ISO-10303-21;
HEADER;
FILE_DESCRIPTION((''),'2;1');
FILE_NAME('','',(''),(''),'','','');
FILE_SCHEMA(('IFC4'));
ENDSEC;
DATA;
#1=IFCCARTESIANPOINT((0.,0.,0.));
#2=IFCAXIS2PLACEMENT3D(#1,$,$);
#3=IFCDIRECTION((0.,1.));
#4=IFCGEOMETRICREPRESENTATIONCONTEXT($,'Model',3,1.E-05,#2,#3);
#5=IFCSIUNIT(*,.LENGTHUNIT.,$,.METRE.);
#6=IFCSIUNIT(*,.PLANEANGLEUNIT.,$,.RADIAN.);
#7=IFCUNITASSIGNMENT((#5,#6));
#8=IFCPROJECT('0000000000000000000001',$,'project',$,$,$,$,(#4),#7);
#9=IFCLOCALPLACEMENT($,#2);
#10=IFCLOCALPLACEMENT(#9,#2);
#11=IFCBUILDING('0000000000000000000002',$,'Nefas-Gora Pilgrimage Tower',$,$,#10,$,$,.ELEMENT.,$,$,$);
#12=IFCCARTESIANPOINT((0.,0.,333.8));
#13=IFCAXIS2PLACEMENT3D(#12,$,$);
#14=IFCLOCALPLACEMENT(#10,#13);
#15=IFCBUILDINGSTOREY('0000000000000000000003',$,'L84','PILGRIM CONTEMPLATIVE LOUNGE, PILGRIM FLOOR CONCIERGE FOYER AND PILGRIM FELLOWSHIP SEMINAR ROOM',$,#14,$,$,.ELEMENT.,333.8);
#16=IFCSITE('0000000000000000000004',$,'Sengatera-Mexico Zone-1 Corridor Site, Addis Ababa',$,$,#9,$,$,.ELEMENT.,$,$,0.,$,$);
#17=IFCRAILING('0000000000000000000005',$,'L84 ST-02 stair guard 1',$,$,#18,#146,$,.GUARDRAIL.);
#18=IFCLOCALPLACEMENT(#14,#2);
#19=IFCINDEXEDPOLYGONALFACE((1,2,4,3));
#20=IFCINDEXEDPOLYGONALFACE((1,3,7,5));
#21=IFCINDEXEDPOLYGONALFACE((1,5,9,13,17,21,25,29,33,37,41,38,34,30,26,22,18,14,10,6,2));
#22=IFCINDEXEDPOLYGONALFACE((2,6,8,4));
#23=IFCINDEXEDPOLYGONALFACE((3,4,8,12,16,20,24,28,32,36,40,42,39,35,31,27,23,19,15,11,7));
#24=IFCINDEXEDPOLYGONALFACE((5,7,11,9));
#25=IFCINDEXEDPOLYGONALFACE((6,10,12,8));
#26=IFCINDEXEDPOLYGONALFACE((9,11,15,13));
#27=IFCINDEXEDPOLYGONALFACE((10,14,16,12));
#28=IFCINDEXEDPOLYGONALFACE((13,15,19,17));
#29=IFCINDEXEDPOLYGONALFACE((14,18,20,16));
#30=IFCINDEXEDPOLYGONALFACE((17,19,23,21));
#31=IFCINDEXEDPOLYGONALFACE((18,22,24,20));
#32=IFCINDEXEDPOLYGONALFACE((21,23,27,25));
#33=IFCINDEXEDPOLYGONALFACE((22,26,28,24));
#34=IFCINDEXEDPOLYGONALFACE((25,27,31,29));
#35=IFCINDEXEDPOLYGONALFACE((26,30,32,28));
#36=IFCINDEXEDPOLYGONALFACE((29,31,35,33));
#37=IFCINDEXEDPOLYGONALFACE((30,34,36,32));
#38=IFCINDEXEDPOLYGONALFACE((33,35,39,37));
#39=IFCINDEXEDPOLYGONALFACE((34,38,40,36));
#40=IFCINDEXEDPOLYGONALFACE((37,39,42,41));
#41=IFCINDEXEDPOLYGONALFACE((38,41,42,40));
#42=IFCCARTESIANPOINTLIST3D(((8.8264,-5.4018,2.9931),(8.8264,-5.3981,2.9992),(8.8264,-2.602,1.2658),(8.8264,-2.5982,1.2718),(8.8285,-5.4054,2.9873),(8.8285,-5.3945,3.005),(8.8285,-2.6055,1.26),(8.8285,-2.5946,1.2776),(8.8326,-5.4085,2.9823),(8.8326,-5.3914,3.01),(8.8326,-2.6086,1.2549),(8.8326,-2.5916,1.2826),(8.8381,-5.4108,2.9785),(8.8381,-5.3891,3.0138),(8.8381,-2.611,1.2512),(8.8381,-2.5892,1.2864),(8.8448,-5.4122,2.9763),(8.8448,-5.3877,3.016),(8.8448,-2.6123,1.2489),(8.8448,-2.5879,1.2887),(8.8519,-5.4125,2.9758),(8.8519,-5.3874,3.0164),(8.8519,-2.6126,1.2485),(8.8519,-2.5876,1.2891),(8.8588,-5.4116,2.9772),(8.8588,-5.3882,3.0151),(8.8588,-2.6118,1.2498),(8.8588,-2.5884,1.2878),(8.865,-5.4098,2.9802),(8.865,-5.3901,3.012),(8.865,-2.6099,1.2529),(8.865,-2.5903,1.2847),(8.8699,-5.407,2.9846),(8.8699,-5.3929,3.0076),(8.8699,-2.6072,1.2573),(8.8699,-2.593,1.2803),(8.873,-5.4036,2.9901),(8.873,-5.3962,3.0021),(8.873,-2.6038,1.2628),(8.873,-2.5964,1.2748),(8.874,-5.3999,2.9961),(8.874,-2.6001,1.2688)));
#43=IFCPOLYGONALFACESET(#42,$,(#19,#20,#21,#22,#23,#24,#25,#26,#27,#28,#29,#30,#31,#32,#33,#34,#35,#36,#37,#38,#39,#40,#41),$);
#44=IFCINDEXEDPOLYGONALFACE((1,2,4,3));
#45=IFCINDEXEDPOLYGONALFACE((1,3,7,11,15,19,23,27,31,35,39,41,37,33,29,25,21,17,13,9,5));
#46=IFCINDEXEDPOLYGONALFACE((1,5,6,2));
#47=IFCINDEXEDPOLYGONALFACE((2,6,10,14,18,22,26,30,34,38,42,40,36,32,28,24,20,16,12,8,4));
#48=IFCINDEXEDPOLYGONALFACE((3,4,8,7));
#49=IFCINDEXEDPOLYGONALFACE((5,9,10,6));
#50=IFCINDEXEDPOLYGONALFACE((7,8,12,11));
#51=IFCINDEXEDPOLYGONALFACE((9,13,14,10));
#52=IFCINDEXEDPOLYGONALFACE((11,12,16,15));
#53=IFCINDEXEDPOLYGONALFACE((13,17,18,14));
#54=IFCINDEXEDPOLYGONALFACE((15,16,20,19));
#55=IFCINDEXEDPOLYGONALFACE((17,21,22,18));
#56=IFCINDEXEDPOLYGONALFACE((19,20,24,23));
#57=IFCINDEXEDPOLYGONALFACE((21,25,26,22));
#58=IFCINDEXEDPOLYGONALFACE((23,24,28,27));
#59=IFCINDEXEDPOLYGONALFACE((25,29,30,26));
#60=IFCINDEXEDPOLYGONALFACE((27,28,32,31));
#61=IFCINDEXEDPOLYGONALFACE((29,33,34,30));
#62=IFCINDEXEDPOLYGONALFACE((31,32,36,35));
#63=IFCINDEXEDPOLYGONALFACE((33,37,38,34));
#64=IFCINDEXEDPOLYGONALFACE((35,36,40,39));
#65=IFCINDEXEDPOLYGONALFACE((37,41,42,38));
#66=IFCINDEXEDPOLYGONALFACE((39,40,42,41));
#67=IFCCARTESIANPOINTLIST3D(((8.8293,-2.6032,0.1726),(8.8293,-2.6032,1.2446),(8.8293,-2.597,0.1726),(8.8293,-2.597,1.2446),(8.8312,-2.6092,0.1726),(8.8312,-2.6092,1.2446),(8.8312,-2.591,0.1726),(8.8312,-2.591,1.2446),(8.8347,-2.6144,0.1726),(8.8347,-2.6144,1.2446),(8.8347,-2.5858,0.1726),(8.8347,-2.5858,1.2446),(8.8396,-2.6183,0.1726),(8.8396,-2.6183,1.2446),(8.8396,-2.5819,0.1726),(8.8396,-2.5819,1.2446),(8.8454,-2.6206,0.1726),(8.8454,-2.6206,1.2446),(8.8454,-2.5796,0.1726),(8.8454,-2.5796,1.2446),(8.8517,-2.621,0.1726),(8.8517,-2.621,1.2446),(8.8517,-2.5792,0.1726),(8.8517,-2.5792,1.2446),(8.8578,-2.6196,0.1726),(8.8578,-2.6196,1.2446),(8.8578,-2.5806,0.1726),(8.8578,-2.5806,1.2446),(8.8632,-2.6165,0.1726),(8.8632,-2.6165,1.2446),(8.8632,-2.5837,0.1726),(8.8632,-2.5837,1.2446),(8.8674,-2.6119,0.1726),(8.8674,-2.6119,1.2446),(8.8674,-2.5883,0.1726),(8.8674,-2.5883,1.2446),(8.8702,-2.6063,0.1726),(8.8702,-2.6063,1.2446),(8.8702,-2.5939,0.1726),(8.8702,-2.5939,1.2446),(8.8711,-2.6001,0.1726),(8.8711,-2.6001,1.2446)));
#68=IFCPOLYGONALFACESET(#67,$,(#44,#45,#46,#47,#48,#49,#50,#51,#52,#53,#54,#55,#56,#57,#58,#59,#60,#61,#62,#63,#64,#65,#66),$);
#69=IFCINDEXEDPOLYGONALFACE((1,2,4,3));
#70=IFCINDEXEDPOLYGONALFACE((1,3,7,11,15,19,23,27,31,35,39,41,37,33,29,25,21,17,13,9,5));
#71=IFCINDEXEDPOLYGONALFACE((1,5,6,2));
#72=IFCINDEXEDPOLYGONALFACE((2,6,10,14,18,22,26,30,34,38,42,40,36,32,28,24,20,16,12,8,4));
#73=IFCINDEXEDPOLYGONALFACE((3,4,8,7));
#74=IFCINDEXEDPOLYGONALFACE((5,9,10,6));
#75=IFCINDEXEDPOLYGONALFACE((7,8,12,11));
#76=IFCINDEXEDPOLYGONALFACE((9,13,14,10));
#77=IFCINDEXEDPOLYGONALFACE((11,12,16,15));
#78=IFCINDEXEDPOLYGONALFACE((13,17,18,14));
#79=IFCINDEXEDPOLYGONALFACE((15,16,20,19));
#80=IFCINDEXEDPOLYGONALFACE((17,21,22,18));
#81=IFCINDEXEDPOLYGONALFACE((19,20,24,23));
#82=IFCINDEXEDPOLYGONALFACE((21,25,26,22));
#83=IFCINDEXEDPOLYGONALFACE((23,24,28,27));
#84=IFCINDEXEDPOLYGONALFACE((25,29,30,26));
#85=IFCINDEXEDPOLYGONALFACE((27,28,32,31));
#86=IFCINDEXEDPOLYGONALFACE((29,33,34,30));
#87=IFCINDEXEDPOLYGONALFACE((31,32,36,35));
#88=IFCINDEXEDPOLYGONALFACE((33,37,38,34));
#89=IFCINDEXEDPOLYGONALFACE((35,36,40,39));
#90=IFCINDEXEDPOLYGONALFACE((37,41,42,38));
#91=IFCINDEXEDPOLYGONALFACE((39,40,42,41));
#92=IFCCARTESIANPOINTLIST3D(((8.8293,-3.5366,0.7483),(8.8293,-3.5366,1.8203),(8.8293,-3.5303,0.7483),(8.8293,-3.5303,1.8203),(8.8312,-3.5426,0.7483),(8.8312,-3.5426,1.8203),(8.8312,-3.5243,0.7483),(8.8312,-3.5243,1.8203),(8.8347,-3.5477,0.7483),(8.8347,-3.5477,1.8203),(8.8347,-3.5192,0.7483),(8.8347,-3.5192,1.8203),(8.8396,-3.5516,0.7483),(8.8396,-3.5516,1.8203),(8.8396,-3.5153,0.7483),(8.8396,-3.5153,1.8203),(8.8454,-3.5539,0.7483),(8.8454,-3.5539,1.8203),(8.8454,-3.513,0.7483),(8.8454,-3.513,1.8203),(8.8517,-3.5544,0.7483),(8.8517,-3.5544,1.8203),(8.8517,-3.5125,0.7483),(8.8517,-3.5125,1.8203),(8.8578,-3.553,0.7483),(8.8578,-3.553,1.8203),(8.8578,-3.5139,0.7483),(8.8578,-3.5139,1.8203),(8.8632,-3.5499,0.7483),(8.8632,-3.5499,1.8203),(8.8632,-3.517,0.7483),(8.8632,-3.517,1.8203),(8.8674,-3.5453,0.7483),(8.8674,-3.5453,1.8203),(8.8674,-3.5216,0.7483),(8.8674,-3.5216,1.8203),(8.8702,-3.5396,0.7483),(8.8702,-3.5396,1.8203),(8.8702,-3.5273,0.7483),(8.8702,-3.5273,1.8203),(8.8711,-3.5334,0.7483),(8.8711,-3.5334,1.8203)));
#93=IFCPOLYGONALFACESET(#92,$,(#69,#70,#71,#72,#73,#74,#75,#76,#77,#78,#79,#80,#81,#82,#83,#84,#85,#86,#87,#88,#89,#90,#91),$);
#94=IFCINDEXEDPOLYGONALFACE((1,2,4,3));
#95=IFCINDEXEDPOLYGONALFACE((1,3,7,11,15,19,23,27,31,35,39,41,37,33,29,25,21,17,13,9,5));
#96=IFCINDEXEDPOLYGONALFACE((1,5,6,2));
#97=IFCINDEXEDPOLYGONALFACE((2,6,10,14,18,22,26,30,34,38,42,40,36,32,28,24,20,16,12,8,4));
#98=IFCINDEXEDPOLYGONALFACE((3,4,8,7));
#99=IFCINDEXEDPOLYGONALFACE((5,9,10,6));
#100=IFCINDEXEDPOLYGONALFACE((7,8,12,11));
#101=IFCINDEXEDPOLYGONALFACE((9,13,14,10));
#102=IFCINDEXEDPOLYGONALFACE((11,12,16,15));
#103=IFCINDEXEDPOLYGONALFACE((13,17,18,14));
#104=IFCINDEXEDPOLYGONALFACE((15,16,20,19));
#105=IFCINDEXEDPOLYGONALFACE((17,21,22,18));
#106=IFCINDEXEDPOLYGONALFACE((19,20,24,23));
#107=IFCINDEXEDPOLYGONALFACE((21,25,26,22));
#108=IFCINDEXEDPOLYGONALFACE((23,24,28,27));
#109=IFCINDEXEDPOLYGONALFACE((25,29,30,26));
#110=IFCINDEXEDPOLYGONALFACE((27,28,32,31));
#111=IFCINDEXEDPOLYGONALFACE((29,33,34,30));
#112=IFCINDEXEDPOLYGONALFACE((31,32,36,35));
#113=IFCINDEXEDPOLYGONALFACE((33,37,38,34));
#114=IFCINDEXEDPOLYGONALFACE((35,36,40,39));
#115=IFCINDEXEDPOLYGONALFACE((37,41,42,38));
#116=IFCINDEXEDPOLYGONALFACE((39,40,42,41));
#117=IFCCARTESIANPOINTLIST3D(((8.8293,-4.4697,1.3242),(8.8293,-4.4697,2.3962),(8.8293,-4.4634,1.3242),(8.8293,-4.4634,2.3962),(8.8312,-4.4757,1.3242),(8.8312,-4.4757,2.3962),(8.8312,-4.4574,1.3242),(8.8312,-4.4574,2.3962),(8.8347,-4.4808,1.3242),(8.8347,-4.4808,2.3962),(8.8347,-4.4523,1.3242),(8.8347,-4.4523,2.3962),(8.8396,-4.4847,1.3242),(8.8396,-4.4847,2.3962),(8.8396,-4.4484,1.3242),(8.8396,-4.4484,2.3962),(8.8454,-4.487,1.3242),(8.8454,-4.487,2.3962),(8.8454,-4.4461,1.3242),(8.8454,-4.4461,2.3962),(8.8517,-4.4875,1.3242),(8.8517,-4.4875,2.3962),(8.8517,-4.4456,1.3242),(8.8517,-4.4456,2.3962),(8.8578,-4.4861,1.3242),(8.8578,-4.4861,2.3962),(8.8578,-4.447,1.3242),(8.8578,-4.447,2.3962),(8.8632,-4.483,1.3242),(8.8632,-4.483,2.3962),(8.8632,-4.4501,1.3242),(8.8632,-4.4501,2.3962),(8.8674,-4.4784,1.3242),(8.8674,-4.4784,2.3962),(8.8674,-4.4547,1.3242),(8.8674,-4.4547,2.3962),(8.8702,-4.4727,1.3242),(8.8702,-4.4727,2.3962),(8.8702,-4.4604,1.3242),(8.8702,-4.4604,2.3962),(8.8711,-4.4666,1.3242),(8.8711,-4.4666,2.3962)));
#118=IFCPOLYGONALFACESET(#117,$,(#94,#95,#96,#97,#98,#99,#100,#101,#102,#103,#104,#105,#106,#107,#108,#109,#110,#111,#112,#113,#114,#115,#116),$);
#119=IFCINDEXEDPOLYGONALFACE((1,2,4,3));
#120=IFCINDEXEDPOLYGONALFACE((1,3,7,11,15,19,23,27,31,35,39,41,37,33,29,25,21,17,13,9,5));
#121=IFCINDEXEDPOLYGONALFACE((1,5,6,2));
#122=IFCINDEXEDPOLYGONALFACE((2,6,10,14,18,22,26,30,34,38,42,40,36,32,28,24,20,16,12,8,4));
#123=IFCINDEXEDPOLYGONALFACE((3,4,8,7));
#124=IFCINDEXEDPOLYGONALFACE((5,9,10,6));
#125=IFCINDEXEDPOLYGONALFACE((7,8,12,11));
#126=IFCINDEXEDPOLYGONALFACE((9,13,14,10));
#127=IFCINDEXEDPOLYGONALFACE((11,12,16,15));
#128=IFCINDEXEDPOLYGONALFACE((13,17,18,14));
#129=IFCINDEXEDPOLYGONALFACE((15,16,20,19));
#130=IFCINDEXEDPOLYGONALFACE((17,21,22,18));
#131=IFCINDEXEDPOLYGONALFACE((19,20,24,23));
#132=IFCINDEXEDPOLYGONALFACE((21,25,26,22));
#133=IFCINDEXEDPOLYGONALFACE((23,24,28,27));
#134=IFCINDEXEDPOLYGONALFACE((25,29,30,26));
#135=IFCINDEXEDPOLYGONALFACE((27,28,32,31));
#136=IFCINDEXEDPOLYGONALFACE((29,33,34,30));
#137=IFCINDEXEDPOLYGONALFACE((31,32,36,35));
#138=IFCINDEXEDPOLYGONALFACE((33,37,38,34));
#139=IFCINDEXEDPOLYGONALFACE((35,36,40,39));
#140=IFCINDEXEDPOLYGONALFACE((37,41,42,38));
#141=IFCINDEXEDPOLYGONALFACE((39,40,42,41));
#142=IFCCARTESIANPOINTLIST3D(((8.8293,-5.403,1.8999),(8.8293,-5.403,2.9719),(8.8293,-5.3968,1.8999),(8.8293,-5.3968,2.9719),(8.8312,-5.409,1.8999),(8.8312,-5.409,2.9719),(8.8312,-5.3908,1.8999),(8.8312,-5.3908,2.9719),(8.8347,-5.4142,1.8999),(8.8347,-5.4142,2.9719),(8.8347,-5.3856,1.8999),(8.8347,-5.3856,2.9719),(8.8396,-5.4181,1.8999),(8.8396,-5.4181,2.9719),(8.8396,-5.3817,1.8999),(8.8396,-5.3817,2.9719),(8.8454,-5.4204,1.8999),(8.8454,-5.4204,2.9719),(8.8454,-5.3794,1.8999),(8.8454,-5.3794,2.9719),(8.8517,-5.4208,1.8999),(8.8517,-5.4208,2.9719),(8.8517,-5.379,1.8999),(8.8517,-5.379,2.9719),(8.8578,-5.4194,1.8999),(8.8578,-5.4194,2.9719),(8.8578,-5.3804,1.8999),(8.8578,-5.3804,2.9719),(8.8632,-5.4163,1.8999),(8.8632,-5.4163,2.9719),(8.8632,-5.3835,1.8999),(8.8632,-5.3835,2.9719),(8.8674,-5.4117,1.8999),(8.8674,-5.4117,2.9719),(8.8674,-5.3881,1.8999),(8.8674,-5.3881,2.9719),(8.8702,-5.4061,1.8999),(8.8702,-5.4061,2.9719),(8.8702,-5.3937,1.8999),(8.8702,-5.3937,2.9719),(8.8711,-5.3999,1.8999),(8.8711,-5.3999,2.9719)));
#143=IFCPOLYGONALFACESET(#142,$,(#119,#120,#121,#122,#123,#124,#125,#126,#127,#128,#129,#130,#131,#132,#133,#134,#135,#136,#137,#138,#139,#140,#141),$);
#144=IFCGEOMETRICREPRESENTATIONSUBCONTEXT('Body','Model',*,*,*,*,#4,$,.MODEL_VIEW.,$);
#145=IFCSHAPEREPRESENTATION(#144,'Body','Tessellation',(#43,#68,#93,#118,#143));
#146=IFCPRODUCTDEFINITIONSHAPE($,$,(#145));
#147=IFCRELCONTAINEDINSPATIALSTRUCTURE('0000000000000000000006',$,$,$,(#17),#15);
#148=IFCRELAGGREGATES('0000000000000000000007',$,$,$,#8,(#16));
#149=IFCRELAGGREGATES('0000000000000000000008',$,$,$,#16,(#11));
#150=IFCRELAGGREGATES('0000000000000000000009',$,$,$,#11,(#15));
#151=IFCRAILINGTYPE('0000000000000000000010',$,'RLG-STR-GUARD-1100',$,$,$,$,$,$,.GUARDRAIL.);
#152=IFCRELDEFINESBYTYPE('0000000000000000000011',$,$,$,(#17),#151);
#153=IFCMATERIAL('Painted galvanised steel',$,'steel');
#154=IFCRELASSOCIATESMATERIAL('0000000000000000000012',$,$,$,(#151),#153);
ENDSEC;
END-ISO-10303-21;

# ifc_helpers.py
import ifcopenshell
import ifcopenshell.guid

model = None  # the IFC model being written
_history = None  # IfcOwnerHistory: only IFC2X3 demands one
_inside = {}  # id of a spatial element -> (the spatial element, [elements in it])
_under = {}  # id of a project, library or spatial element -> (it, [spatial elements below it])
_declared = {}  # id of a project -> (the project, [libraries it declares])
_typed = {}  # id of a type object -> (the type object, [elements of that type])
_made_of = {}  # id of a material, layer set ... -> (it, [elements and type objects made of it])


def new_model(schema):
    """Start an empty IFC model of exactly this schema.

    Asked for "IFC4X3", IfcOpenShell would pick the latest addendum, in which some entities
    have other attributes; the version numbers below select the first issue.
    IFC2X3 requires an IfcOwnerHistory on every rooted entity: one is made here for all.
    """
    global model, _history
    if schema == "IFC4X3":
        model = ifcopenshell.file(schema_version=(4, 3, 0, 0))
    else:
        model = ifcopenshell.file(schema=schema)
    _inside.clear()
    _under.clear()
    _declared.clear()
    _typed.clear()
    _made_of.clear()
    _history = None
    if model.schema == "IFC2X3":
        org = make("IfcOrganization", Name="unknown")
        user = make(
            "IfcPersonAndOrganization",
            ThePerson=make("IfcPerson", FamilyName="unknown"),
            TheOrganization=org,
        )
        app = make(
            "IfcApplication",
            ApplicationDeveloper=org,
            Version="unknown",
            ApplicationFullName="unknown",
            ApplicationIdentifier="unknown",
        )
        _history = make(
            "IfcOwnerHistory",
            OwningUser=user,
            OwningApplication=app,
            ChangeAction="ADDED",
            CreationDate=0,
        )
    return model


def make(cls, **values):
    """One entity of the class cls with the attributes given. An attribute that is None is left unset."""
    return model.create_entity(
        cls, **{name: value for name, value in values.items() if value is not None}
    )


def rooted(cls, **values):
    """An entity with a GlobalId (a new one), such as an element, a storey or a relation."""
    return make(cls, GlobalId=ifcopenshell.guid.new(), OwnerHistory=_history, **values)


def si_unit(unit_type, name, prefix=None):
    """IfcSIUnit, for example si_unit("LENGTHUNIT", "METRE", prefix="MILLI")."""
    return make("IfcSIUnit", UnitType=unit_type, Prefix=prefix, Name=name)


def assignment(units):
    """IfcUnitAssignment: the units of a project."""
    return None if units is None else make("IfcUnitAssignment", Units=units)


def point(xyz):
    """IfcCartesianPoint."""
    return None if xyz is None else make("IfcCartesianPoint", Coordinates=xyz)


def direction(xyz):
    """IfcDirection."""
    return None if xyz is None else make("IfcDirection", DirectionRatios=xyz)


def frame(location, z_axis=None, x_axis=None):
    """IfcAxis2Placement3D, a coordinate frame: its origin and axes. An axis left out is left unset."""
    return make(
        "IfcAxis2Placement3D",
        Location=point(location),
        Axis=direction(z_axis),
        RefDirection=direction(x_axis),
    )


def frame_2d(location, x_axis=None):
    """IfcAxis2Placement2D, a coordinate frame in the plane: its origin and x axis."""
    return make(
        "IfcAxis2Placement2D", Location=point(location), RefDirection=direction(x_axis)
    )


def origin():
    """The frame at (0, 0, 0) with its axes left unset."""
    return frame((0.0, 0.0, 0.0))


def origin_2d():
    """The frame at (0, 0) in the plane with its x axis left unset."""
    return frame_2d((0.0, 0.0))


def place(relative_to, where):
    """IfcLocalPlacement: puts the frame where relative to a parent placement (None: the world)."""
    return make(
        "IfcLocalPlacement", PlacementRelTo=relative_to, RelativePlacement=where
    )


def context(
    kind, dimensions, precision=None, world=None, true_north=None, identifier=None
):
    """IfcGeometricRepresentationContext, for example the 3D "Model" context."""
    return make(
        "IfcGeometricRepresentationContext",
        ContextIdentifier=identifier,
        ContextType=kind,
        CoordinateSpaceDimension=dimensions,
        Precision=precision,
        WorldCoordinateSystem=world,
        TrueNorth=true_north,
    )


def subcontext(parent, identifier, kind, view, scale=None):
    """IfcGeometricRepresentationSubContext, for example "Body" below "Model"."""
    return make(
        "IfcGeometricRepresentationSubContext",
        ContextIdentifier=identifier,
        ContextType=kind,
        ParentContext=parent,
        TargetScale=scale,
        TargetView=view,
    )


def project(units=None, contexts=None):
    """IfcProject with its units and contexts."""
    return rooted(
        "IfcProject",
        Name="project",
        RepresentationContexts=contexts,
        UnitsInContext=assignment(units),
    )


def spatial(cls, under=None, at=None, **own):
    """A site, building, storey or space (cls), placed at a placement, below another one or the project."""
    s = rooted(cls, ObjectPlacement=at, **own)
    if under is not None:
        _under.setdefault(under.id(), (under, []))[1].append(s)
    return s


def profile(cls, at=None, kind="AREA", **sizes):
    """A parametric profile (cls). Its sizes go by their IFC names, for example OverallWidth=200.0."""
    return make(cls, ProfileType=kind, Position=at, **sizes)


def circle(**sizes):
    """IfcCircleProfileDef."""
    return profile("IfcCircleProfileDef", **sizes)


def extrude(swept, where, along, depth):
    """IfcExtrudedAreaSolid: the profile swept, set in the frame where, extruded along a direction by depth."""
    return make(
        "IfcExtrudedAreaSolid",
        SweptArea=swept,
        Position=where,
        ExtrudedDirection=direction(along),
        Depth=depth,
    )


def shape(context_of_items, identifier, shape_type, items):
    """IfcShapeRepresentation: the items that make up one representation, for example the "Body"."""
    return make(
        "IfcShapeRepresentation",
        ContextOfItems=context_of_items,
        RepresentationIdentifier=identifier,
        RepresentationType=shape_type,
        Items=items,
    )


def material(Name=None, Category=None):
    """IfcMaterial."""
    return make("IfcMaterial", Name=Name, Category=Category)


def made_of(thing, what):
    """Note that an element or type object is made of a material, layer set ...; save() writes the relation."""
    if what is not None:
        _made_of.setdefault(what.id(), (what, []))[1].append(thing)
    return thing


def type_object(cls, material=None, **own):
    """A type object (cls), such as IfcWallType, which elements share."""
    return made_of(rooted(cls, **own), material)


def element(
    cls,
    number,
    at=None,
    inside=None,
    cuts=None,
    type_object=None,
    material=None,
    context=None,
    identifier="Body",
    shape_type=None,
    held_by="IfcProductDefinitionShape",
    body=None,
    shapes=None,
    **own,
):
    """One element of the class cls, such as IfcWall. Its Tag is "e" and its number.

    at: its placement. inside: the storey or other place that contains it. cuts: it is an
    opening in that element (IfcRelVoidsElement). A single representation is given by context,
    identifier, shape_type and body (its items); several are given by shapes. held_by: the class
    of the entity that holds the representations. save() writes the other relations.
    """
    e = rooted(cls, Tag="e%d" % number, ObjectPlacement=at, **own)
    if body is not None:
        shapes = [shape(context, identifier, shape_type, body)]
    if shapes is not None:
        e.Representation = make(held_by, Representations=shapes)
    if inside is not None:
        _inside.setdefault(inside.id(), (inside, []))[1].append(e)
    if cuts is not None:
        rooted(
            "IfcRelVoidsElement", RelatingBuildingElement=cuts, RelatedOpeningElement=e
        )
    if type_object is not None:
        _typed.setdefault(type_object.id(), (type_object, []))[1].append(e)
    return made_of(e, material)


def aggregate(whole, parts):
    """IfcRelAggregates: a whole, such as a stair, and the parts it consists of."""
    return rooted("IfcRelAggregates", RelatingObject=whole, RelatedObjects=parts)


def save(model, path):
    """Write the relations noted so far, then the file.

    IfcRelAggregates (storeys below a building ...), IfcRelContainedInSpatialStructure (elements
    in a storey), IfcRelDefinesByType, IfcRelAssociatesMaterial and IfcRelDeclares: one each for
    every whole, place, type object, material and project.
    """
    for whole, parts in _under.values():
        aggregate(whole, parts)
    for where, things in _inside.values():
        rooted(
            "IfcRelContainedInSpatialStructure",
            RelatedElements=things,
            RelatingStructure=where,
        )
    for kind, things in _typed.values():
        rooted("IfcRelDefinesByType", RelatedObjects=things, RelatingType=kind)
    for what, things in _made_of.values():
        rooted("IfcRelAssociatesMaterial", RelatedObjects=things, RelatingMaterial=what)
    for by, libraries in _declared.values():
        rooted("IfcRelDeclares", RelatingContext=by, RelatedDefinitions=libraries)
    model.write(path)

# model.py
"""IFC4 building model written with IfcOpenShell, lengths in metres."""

from ifc_helpers import new_model, si_unit, direction, frame, origin, origin_2d, place, context, subcontext, project, spatial, circle, extrude, material, type_object, element, save


model = new_model("IFC4")

# Units and contexts
model_context = context("Model", 3, precision=1e-05, world=origin(), true_north=direction((0.0, 1.0)))
body_context = subcontext(model_context, "Body", "Model", "MODEL_VIEW")
ifc_project = project(units=[si_unit("LENGTHUNIT", "METRE"), si_unit("PLANEANGLEUNIT", "RADIAN")], contexts=[model_context])

# Site, building, storey
site_placement = place(None, origin())
site = spatial("IfcSite", under=ifc_project, at=site_placement, Name="Sengatera-Mexico Zone-1 Corridor Site, Addis Ababa", CompositionType="ELEMENT", RefElevation=0.0)
building_placement = place(site_placement, origin())
building = spatial("IfcBuilding", under=site, at=building_placement, Name="Nefas-Gora Pilgrimage Tower", CompositionType="ELEMENT")
storey_placement = place(building_placement, frame((0.0, 0.0, 333.8)))
storey = spatial("IfcBuildingStorey", under=building, at=storey_placement, Name="L84", Description="PILGRIM CONTEMPLATIVE LOUNGE, PILGRIM FLOOR CONCIERGE FOYER AND PILGRIM FELLOWSHIP SEMINAR ROOM", CompositionType="ELEMENT", Elevation=333.8)

# Railing
ifc_material_1 = material(Name="Painted galvanised steel", Category="steel")
railing_type_1 = type_object("IfcRailingType", Name="RLG-STR-GUARD-1100", PredefinedType="GUARDRAIL", material=ifc_material_1)
railing_1_placement = place(storey_placement, frame((8.8501, -2.6001, 0.1726)))
element("IfcRailing", 1, at=railing_1_placement, inside=storey, type_object=railing_type_1, Name="L84 ST-02 stair guard 1", PredefinedType="GUARDRAIL", context=body_context, shape_type="SweptSolid", body=[
    extrude(circle(Radius=0.0239, at=origin_2d()), frame((0.0, 0.0, 1.0962), z_axis=(0.0, -0.851069, 0.525054), x_axis=(1.0, 0.0, 0.0)), (0.0, 0.0, 1.0), 3.2898),
    extrude(circle(Radius=0.021, at=origin_2d()), origin(), (0.0, 0.0, 1.0), 1.072),
    extrude(circle(Radius=0.021, at=origin_2d()), frame((0.0, -0.9333, 0.5757)), (0.0, 0.0, 1.0), 1.072),
    extrude(circle(Radius=0.021, at=origin_2d()), frame((0.0, -1.8665, 1.1516)), (0.0, 0.0, 1.0), 1.072),
    extrude(circle(Radius=0.021, at=origin_2d()), frame((0.0, -2.7998, 1.7273)), (0.0, 0.0, 1.0), 1.072),
])

save(model, "model.ifc")
